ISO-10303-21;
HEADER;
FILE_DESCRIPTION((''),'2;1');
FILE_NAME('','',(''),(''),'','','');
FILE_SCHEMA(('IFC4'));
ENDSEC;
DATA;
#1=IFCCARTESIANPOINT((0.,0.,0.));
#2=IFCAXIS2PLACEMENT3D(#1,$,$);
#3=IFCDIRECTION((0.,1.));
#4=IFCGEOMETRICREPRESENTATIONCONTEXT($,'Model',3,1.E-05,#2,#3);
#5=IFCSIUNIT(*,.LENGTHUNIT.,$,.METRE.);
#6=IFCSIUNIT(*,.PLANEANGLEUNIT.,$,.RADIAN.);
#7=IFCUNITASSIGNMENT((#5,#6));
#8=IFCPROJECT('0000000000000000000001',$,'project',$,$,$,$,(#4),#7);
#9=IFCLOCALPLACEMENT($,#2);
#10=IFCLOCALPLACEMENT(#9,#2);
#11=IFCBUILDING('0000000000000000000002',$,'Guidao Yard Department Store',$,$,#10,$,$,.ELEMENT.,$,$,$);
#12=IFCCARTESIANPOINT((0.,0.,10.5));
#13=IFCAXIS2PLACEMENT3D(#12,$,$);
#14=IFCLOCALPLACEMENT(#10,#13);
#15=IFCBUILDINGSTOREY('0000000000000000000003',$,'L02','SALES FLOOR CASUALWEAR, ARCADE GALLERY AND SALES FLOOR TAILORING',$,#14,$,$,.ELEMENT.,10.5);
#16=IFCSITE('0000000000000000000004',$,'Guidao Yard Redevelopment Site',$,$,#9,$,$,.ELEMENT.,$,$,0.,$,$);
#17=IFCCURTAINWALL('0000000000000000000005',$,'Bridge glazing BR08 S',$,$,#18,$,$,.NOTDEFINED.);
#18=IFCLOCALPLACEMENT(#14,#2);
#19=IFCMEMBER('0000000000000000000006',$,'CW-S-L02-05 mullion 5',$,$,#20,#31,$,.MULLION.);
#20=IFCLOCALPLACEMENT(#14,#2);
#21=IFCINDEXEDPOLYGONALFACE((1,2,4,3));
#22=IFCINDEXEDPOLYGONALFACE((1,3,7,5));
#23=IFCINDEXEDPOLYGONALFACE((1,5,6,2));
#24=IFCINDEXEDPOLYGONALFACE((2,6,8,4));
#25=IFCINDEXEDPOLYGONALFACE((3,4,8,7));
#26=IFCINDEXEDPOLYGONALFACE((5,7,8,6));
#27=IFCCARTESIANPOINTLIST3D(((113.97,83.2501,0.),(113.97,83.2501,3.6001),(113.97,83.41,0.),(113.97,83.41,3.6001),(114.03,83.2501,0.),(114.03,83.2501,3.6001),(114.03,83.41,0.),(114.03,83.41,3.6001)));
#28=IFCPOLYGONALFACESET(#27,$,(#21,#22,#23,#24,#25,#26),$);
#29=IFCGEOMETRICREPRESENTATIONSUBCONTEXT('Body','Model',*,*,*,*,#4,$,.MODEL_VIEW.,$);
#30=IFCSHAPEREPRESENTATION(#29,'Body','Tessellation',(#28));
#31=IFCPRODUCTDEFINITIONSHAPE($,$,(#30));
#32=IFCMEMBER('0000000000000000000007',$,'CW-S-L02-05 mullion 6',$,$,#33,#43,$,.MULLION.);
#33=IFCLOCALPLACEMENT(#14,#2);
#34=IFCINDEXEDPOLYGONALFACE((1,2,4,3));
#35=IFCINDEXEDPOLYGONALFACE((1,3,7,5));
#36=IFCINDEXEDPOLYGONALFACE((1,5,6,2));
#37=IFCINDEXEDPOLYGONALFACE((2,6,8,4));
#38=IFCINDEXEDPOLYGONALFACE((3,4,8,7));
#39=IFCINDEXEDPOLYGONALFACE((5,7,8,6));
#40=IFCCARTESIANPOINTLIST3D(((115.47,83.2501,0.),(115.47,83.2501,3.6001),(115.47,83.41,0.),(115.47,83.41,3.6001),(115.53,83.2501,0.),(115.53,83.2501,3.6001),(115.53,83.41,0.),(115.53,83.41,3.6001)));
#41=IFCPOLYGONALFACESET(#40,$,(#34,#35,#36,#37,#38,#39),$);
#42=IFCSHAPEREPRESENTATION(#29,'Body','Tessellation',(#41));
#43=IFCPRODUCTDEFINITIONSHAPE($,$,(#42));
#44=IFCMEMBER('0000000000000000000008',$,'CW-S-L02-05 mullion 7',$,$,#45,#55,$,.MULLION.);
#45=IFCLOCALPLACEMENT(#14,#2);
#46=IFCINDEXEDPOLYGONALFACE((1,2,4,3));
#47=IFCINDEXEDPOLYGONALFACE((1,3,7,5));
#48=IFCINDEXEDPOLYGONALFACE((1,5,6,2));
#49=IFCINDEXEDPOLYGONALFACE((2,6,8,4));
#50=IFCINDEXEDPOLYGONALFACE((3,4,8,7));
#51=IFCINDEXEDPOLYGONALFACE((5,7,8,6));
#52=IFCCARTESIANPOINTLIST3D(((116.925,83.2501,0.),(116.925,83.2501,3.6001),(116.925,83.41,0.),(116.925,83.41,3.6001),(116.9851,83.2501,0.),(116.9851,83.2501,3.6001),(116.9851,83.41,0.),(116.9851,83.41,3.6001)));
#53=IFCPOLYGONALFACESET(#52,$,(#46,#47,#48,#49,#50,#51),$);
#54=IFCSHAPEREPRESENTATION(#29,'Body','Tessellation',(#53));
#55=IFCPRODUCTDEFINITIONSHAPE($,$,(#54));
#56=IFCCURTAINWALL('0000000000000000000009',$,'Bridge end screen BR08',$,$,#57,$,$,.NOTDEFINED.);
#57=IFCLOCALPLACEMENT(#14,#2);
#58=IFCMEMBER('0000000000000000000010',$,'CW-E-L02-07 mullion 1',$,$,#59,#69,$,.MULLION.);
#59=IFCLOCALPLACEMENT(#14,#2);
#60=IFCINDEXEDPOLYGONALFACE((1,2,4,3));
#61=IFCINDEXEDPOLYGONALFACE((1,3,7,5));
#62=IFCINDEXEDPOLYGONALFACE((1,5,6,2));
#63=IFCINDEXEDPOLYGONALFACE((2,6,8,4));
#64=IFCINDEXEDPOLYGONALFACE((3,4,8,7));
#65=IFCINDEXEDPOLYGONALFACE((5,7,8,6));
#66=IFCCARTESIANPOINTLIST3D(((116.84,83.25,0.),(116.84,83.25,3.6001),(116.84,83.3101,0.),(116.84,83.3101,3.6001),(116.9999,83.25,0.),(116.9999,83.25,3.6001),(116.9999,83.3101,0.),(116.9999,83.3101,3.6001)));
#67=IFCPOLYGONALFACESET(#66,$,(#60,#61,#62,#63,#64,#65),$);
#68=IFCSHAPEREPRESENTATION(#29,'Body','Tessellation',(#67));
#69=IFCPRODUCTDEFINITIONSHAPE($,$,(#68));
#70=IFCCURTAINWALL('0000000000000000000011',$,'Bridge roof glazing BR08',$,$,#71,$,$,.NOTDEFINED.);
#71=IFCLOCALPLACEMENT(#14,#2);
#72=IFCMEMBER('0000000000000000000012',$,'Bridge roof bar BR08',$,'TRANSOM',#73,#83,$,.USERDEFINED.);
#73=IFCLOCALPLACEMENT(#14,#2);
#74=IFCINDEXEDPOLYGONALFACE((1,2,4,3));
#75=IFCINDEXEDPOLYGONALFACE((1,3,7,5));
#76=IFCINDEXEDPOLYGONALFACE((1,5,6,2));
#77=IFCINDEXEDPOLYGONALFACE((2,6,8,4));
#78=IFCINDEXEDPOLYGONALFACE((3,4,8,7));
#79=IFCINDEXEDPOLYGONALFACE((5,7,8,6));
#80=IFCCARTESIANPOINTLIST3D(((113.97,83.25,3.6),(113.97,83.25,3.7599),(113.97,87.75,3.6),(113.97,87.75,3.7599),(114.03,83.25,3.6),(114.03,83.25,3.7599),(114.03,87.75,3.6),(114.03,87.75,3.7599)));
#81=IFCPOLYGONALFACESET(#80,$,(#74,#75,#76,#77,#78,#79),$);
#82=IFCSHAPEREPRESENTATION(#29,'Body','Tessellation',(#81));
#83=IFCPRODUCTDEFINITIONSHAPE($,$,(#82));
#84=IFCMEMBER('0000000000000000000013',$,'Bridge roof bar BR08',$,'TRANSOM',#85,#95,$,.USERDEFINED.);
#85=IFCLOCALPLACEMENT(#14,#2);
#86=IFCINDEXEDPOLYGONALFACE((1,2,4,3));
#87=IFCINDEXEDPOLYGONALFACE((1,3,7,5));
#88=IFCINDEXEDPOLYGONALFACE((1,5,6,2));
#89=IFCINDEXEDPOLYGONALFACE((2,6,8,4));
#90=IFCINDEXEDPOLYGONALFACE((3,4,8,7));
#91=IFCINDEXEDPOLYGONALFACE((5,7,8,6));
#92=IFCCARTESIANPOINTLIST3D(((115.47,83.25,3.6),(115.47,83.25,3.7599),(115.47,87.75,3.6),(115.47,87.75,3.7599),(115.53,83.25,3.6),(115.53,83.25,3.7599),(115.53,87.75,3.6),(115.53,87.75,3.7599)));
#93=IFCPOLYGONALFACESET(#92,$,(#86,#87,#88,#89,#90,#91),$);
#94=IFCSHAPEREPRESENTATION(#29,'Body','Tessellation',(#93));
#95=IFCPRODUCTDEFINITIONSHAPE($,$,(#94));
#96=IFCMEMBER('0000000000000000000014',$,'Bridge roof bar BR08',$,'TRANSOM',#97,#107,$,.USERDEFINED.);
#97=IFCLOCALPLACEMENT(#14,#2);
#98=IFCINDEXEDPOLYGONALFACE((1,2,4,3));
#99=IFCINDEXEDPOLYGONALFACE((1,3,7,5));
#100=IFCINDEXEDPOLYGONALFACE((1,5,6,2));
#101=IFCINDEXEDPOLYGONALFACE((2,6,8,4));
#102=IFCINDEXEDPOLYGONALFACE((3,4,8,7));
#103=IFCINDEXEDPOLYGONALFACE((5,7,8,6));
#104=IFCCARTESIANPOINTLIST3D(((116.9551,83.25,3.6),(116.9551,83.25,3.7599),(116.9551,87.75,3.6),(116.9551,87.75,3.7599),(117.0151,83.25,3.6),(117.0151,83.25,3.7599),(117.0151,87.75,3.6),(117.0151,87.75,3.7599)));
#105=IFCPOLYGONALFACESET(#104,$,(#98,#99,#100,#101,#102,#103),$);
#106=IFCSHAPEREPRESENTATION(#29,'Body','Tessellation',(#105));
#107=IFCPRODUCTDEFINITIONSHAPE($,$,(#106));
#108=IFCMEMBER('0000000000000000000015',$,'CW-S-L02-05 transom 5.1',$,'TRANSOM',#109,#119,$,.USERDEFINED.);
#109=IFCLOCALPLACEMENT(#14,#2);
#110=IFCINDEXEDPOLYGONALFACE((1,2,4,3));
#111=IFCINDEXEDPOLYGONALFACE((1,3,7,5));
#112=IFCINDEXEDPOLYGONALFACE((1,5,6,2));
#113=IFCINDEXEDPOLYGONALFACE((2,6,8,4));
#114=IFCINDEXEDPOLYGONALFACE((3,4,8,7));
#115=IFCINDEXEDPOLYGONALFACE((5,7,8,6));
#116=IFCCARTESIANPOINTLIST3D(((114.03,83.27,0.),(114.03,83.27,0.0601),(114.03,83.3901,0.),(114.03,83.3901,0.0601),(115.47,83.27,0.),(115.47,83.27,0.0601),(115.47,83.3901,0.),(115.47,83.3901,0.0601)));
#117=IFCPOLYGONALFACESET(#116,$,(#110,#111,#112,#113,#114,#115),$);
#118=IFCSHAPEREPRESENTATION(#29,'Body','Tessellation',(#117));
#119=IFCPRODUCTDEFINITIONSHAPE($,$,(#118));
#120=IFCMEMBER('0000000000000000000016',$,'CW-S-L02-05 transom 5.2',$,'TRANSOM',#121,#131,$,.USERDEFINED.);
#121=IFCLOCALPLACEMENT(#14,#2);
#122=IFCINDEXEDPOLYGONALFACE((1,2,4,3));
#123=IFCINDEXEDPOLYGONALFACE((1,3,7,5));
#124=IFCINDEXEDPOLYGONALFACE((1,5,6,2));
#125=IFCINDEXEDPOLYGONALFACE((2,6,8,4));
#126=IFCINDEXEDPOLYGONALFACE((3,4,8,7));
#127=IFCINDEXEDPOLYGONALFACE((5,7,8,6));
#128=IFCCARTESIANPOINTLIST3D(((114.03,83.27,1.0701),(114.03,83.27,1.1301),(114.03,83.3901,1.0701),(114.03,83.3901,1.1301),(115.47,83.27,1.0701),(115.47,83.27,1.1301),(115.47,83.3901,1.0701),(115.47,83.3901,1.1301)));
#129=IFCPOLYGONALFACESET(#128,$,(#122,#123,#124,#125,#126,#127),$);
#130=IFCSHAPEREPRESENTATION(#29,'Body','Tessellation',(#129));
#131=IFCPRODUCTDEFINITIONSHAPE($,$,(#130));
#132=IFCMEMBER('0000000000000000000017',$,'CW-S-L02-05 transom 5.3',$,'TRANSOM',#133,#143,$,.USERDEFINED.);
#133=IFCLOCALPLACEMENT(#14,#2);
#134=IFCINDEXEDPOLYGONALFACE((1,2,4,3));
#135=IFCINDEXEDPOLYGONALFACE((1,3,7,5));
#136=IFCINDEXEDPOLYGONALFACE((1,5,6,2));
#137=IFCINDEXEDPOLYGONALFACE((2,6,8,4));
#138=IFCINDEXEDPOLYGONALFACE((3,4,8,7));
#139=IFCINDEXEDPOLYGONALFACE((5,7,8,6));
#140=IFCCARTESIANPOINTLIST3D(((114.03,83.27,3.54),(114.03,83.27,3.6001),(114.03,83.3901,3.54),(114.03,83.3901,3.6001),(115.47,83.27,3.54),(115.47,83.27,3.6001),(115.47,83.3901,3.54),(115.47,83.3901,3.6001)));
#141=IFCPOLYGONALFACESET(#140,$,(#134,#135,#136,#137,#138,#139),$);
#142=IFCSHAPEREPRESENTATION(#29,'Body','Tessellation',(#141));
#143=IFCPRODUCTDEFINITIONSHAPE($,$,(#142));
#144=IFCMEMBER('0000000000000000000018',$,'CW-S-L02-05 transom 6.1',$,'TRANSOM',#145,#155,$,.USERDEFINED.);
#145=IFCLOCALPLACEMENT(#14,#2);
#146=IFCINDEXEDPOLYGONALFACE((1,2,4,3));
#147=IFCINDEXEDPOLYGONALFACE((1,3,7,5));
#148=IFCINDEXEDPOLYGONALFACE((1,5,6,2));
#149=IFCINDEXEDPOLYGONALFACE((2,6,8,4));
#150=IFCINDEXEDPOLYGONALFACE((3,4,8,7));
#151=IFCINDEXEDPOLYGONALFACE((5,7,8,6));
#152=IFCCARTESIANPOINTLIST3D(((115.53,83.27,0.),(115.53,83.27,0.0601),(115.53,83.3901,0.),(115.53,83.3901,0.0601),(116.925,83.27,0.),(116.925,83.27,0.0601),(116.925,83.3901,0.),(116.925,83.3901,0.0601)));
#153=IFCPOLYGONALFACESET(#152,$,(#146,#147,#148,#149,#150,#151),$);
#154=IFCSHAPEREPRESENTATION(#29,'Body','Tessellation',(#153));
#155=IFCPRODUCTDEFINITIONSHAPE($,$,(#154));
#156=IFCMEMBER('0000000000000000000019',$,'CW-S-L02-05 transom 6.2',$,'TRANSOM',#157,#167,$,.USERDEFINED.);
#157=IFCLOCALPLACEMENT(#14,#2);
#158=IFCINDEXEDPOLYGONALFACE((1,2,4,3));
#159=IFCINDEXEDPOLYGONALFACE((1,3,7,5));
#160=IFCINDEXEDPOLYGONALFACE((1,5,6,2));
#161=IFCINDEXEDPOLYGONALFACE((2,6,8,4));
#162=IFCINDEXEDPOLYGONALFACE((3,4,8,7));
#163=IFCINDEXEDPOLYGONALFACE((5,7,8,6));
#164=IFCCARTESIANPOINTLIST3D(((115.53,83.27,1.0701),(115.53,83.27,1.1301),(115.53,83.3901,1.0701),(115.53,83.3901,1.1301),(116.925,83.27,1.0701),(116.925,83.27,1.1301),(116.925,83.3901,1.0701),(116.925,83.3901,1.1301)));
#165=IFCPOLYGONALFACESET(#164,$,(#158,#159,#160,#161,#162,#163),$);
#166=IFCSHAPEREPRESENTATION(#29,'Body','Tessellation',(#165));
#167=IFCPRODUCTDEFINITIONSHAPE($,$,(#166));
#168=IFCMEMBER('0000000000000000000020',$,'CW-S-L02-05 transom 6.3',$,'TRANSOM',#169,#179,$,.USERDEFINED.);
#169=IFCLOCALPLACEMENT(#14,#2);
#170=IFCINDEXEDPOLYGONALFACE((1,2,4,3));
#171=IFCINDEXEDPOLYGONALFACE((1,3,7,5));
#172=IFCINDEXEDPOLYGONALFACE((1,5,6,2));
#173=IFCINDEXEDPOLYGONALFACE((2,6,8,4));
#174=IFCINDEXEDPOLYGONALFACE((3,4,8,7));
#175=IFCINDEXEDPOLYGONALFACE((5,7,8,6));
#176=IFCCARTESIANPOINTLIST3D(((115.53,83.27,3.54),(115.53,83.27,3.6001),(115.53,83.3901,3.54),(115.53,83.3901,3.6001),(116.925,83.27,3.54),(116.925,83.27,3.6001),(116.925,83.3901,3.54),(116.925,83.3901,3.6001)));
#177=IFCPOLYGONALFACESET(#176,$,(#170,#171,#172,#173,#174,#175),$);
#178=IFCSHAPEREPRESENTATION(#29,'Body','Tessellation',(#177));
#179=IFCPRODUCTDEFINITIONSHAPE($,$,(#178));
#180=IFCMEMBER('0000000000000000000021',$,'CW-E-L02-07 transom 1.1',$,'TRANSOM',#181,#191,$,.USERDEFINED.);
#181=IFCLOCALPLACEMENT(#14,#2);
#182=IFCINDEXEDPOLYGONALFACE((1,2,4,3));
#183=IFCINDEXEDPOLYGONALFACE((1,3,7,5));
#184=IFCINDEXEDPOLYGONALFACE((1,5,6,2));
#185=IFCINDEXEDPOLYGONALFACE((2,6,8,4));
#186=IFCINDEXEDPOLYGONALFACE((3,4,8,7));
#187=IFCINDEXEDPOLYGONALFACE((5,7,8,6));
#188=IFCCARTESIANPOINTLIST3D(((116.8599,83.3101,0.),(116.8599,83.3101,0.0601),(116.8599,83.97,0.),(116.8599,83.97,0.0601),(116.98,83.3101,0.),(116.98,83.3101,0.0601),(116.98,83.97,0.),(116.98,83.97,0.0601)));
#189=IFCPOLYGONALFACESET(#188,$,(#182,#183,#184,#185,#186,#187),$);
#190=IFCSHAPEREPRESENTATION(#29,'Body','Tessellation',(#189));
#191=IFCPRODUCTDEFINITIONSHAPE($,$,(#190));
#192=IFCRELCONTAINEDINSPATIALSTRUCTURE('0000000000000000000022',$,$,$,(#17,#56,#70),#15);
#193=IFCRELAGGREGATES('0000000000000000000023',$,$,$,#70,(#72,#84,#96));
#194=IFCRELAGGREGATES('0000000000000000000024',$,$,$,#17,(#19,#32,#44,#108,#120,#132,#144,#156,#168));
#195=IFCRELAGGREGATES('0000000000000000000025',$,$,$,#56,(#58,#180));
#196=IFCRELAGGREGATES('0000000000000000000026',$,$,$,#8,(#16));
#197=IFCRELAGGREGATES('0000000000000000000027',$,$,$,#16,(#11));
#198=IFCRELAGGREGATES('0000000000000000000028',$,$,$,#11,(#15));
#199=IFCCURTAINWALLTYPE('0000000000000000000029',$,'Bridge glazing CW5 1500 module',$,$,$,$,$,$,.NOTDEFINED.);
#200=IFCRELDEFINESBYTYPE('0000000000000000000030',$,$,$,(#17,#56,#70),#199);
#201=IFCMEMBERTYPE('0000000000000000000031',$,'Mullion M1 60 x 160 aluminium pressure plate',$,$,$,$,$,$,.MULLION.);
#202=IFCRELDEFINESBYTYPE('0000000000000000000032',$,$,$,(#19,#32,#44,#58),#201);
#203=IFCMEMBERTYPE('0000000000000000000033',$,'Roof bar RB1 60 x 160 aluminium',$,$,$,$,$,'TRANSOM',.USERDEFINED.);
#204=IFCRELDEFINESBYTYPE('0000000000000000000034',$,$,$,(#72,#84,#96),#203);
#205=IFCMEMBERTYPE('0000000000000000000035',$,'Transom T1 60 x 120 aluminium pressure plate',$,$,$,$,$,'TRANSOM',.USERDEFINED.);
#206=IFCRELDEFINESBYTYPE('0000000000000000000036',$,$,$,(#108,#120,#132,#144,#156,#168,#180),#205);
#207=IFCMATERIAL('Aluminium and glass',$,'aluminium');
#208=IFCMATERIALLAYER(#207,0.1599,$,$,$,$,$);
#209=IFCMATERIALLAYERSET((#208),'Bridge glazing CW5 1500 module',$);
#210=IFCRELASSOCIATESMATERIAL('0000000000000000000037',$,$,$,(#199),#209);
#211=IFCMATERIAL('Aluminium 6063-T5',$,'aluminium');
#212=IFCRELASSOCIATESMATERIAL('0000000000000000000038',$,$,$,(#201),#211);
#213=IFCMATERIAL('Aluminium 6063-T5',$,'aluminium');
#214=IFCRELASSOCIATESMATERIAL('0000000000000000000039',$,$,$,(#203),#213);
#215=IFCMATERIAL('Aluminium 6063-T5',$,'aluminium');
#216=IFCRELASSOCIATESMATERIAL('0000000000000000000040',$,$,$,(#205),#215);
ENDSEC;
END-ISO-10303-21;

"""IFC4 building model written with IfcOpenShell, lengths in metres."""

from ifc_helpers import new_model, si_unit, direction, frame, origin, origin_2d, place, context, subcontext, project, spatial, rectangle, extrude, material, layer, layer_set, material_profile, profile_set, type_object, element, aggregate, save


model = new_model("IFC4")

# Units and contexts
model_context = context("Model", 3, precision=1e-05, world=origin(), true_north=direction((0.0, 1.0)))
body_context = subcontext(model_context, "Body", "Model", "MODEL_VIEW")
ifc_project = project(units=[si_unit("LENGTHUNIT", "METRE"), si_unit("PLANEANGLEUNIT", "RADIAN")], contexts=[model_context])

# Site, building, storey
site_placement = place(None, origin())
site = spatial("IfcSite", under=ifc_project, at=site_placement, Name="Guidao Yard Redevelopment Site", CompositionType="ELEMENT", RefElevation=0.0)
building_placement = place(site_placement, origin())
building = spatial("IfcBuilding", under=site, at=building_placement, Name="Guidao Yard Department Store", CompositionType="ELEMENT")
storey_placement = place(building_placement, frame((0.0, 0.0, 10.5)))
storey = spatial("IfcBuildingStorey", under=building, at=storey_placement, Name="L02", Description="SALES FLOOR CASUALWEAR, ARCADE GALLERY AND SALES FLOOR TAILORING", CompositionType="ELEMENT", Elevation=10.5)

# Curtain wall, members
ifc_material_1 = material(Name="Aluminium and glass", Category="aluminium")
ifc_layer_1 = layer(ifc_material_1, 0.1599)
ifc_layer_set_1 = layer_set([ifc_layer_1], Name="Bridge glazing CW5 1500 module")
curtain_wall_type = type_object("IfcCurtainWallType", Name="Bridge glazing CW5 1500 module", PredefinedType="NOTDEFINED", material=ifc_layer_set_1)
curtain_wall_1_placement = place(storey_placement, origin())
curtain_wall_1 = element("IfcCurtainWall", 1, at=curtain_wall_1_placement, inside=storey, type_object=curtain_wall_type, Name="Bridge glazing BR08 S", PredefinedType="NOTDEFINED")
ifc_material_2 = material(Name="Aluminium 6063-T5", Category="aluminium")
ifc_material_profile_1 = material_profile(ifc_material_2, rectangle(XDim=0.0601, YDim=0.1599, at=origin_2d()), Name="Mullion M1 60 x 160 aluminium pressure plate")
ifc_profile_set_1 = profile_set([ifc_material_profile_1], Name="Aluminium 6063-T5")
member_type_1 = type_object("IfcMemberType", Name="Mullion M1 60 x 160 aluminium pressure plate", PredefinedType="MULLION", material=ifc_profile_set_1)
member_1_placement = place(storey_placement, frame((114.0, 83.3301, 0.0), z_axis=(0.0, 0.0, 1.0), x_axis=(-1.0, 0.0, 0.0)))
member_1 = element("IfcMember", 2, at=member_1_placement, type_object=member_type_1, Name="CW-S-L02-05 mullion 5", PredefinedType="MULLION", context=body_context, shape_type="SweptSolid", body=[
    extrude(rectangle(XDim=0.0601, YDim=0.1599, at=origin_2d()), origin(), (0.0, 0.0, 1.0), 3.6001),
])
member_2_placement = place(storey_placement, frame((115.5, 83.3301, 0.0), z_axis=(0.0, 0.0, 1.0), x_axis=(-1.0, 0.0, 0.0)))
member_2 = element("IfcMember", 3, at=member_2_placement, type_object=member_type_1, Name="CW-S-L02-05 mullion 6", PredefinedType="MULLION", context=body_context, shape_type="SweptSolid", body=[
    extrude(rectangle(XDim=0.0601, YDim=0.1599, at=origin_2d()), origin(), (0.0, 0.0, 1.0), 3.6001),
])
member_3_placement = place(storey_placement, frame((116.9551, 83.3301, 0.0), z_axis=(0.0, 0.0, 1.0), x_axis=(-1.0, 0.0, 0.0)))
member_3 = element("IfcMember", 4, at=member_3_placement, type_object=member_type_1, Name="CW-S-L02-05 mullion 7", PredefinedType="MULLION", context=body_context, shape_type="SweptSolid", body=[
    extrude(rectangle(XDim=0.0601, YDim=0.1599, at=origin_2d()), origin(), (0.0, 0.0, 1.0), 3.6001),
])

# Curtain wall, member
curtain_wall_2_placement = place(storey_placement, origin())
curtain_wall_2 = element("IfcCurtainWall", 5, at=curtain_wall_2_placement, inside=storey, type_object=curtain_wall_type, Name="Bridge end screen BR08", PredefinedType="NOTDEFINED")
member_4_placement = place(storey_placement, frame((116.9199, 83.28, 0.0), z_axis=(0.0, 0.0, 1.0), x_axis=(0.0, -1.0, 0.0)))
member_4 = element("IfcMember", 6, at=member_4_placement, type_object=member_type_1, Name="CW-E-L02-07 mullion 1", PredefinedType="MULLION", context=body_context, shape_type="SweptSolid", body=[
    extrude(rectangle(XDim=0.0601, YDim=0.1599, at=origin_2d()), origin(), (0.0, 0.0, 1.0), 3.6001),
])

# Curtain wall, members
curtain_wall_3_placement = place(storey_placement, origin())
curtain_wall_3 = element("IfcCurtainWall", 7, at=curtain_wall_3_placement, inside=storey, type_object=curtain_wall_type, Name="Bridge roof glazing BR08", PredefinedType="NOTDEFINED")
ifc_material_3 = material(Name="Aluminium 6063-T5", Category="aluminium")
ifc_material_profile_2 = material_profile(ifc_material_3, rectangle(XDim=0.0601, YDim=0.1599, at=origin_2d()), Name="Roof bar RB1 60 x 160 aluminium")
ifc_profile_set_2 = profile_set([ifc_material_profile_2], Name="Aluminium 6063-T5")
member_type_2 = type_object("IfcMemberType", Name="Roof bar RB1 60 x 160 aluminium", ElementType="TRANSOM", PredefinedType="USERDEFINED", material=ifc_profile_set_2)
member_5_placement = place(storey_placement, frame((114.0, 83.25, 3.6799), z_axis=(0.0, 1.0, 0.0), x_axis=(-1.0, 0.0, 0.0)))
member_5 = element("IfcMember", 8, at=member_5_placement, type_object=member_type_2, Name="Bridge roof bar BR08", ObjectType="TRANSOM", PredefinedType="USERDEFINED", context=body_context, shape_type="SweptSolid", body=[
    extrude(rectangle(XDim=0.0601, YDim=0.1599, at=origin_2d()), origin(), (0.0, 0.0, 1.0), 4.5),
])
member_6_placement = place(storey_placement, frame((115.5, 83.25, 3.6799), z_axis=(0.0, 1.0, 0.0), x_axis=(-1.0, 0.0, 0.0)))
member_6 = element("IfcMember", 9, at=member_6_placement, type_object=member_type_2, Name="Bridge roof bar BR08", ObjectType="TRANSOM", PredefinedType="USERDEFINED", context=body_context, shape_type="SweptSolid", body=[
    extrude(rectangle(XDim=0.0601, YDim=0.1599, at=origin_2d()), origin(), (0.0, 0.0, 1.0), 4.5),
])
member_7_placement = place(storey_placement, frame((116.9851, 83.25, 3.6799), z_axis=(0.0, 1.0, 0.0), x_axis=(-1.0, 0.0, 0.0)))
member_7 = element("IfcMember", 10, at=member_7_placement, type_object=member_type_2, Name="Bridge roof bar BR08", ObjectType="TRANSOM", PredefinedType="USERDEFINED", context=body_context, shape_type="SweptSolid", body=[
    extrude(rectangle(XDim=0.0601, YDim=0.1599, at=origin_2d()), origin(), (0.0, 0.0, 1.0), 4.5),
])
aggregate(curtain_wall_3, [member_5, member_6, member_7])

# Members
ifc_material_4 = material(Name="Aluminium 6063-T5", Category="aluminium")
ifc_material_profile_3 = material_profile(ifc_material_4, rectangle(XDim=0.1201, YDim=0.0601, at=origin_2d()), Name="Transom T1 60 x 120 aluminium pressure plate")
ifc_profile_set_3 = profile_set([ifc_material_profile_3], Name="Aluminium 6063-T5")
member_type_3 = type_object("IfcMemberType", Name="Transom T1 60 x 120 aluminium pressure plate", ElementType="TRANSOM", PredefinedType="USERDEFINED", material=ifc_profile_set_3)
member_8_placement = place(storey_placement, frame((115.47, 83.3301, 0.03), z_axis=(-1.0, 0.0, 0.0), x_axis=(0.0, -1.0, 0.0)))
member_8 = element("IfcMember", 11, at=member_8_placement, type_object=member_type_3, Name="CW-S-L02-05 transom 5.1", ObjectType="TRANSOM", PredefinedType="USERDEFINED", context=body_context, shape_type="SweptSolid", body=[
    extrude(rectangle(XDim=0.1201, YDim=0.0601, at=origin_2d()), origin(), (0.0, 0.0, 1.0), 1.4399),
])
member_9_placement = place(storey_placement, frame((115.47, 83.3301, 1.1001), z_axis=(-1.0, 0.0, 0.0), x_axis=(0.0, -1.0, 0.0)))
member_9 = element("IfcMember", 12, at=member_9_placement, type_object=member_type_3, Name="CW-S-L02-05 transom 5.2", ObjectType="TRANSOM", PredefinedType="USERDEFINED", context=body_context, shape_type="SweptSolid", body=[
    extrude(rectangle(XDim=0.1201, YDim=0.0601, at=origin_2d()), origin(), (0.0, 0.0, 1.0), 1.4399),
])
member_10_placement = place(storey_placement, frame((115.47, 83.3301, 3.5701), z_axis=(-1.0, 0.0, 0.0), x_axis=(0.0, -1.0, 0.0)))
member_10 = element("IfcMember", 13, at=member_10_placement, type_object=member_type_3, Name="CW-S-L02-05 transom 5.3", ObjectType="TRANSOM", PredefinedType="USERDEFINED", context=body_context, shape_type="SweptSolid", body=[
    extrude(rectangle(XDim=0.1201, YDim=0.0601, at=origin_2d()), origin(), (0.0, 0.0, 1.0), 1.4399),
])
member_11_placement = place(storey_placement, frame((116.925, 83.3301, 0.03), z_axis=(-1.0, 0.0, 0.0), x_axis=(0.0, -1.0, 0.0)))
member_11 = element("IfcMember", 14, at=member_11_placement, type_object=member_type_3, Name="CW-S-L02-05 transom 6.1", ObjectType="TRANSOM", PredefinedType="USERDEFINED", context=body_context, shape_type="SweptSolid", body=[
    extrude(rectangle(XDim=0.1201, YDim=0.0601, at=origin_2d()), origin(), (0.0, 0.0, 1.0), 1.395),
])
member_12_placement = place(storey_placement, frame((116.925, 83.3301, 1.1001), z_axis=(-1.0, 0.0, 0.0), x_axis=(0.0, -1.0, 0.0)))
member_12 = element("IfcMember", 15, at=member_12_placement, type_object=member_type_3, Name="CW-S-L02-05 transom 6.2", ObjectType="TRANSOM", PredefinedType="USERDEFINED", context=body_context, shape_type="SweptSolid", body=[
    extrude(rectangle(XDim=0.1201, YDim=0.0601, at=origin_2d()), origin(), (0.0, 0.0, 1.0), 1.395),
])
member_13_placement = place(storey_placement, frame((116.925, 83.3301, 3.5701), z_axis=(-1.0, 0.0, 0.0), x_axis=(0.0, -1.0, 0.0)))
member_13 = element("IfcMember", 16, at=member_13_placement, type_object=member_type_3, Name="CW-S-L02-05 transom 6.3", ObjectType="TRANSOM", PredefinedType="USERDEFINED", context=body_context, shape_type="SweptSolid", body=[
    extrude(rectangle(XDim=0.1201, YDim=0.0601, at=origin_2d()), origin(), (0.0, 0.0, 1.0), 1.395),
])
member_14_placement = place(storey_placement, frame((116.9199, 83.97, 0.03), z_axis=(0.0, -1.0, 0.0), x_axis=(1.0, 0.0, 0.0)))
member_14 = element("IfcMember", 17, at=member_14_placement, type_object=member_type_3, Name="CW-E-L02-07 transom 1.1", ObjectType="TRANSOM", PredefinedType="USERDEFINED", context=body_context, shape_type="SweptSolid", body=[
    extrude(rectangle(XDim=0.1201, YDim=0.0601, at=origin_2d()), origin(), (0.0, 0.0, 1.0), 0.6599),
])

aggregate(curtain_wall_1, [member_1, member_2, member_3, member_8, member_9, member_10, member_11, member_12, member_13])
aggregate(curtain_wall_2, [member_4, member_14])

save(model, "model.ifc")
